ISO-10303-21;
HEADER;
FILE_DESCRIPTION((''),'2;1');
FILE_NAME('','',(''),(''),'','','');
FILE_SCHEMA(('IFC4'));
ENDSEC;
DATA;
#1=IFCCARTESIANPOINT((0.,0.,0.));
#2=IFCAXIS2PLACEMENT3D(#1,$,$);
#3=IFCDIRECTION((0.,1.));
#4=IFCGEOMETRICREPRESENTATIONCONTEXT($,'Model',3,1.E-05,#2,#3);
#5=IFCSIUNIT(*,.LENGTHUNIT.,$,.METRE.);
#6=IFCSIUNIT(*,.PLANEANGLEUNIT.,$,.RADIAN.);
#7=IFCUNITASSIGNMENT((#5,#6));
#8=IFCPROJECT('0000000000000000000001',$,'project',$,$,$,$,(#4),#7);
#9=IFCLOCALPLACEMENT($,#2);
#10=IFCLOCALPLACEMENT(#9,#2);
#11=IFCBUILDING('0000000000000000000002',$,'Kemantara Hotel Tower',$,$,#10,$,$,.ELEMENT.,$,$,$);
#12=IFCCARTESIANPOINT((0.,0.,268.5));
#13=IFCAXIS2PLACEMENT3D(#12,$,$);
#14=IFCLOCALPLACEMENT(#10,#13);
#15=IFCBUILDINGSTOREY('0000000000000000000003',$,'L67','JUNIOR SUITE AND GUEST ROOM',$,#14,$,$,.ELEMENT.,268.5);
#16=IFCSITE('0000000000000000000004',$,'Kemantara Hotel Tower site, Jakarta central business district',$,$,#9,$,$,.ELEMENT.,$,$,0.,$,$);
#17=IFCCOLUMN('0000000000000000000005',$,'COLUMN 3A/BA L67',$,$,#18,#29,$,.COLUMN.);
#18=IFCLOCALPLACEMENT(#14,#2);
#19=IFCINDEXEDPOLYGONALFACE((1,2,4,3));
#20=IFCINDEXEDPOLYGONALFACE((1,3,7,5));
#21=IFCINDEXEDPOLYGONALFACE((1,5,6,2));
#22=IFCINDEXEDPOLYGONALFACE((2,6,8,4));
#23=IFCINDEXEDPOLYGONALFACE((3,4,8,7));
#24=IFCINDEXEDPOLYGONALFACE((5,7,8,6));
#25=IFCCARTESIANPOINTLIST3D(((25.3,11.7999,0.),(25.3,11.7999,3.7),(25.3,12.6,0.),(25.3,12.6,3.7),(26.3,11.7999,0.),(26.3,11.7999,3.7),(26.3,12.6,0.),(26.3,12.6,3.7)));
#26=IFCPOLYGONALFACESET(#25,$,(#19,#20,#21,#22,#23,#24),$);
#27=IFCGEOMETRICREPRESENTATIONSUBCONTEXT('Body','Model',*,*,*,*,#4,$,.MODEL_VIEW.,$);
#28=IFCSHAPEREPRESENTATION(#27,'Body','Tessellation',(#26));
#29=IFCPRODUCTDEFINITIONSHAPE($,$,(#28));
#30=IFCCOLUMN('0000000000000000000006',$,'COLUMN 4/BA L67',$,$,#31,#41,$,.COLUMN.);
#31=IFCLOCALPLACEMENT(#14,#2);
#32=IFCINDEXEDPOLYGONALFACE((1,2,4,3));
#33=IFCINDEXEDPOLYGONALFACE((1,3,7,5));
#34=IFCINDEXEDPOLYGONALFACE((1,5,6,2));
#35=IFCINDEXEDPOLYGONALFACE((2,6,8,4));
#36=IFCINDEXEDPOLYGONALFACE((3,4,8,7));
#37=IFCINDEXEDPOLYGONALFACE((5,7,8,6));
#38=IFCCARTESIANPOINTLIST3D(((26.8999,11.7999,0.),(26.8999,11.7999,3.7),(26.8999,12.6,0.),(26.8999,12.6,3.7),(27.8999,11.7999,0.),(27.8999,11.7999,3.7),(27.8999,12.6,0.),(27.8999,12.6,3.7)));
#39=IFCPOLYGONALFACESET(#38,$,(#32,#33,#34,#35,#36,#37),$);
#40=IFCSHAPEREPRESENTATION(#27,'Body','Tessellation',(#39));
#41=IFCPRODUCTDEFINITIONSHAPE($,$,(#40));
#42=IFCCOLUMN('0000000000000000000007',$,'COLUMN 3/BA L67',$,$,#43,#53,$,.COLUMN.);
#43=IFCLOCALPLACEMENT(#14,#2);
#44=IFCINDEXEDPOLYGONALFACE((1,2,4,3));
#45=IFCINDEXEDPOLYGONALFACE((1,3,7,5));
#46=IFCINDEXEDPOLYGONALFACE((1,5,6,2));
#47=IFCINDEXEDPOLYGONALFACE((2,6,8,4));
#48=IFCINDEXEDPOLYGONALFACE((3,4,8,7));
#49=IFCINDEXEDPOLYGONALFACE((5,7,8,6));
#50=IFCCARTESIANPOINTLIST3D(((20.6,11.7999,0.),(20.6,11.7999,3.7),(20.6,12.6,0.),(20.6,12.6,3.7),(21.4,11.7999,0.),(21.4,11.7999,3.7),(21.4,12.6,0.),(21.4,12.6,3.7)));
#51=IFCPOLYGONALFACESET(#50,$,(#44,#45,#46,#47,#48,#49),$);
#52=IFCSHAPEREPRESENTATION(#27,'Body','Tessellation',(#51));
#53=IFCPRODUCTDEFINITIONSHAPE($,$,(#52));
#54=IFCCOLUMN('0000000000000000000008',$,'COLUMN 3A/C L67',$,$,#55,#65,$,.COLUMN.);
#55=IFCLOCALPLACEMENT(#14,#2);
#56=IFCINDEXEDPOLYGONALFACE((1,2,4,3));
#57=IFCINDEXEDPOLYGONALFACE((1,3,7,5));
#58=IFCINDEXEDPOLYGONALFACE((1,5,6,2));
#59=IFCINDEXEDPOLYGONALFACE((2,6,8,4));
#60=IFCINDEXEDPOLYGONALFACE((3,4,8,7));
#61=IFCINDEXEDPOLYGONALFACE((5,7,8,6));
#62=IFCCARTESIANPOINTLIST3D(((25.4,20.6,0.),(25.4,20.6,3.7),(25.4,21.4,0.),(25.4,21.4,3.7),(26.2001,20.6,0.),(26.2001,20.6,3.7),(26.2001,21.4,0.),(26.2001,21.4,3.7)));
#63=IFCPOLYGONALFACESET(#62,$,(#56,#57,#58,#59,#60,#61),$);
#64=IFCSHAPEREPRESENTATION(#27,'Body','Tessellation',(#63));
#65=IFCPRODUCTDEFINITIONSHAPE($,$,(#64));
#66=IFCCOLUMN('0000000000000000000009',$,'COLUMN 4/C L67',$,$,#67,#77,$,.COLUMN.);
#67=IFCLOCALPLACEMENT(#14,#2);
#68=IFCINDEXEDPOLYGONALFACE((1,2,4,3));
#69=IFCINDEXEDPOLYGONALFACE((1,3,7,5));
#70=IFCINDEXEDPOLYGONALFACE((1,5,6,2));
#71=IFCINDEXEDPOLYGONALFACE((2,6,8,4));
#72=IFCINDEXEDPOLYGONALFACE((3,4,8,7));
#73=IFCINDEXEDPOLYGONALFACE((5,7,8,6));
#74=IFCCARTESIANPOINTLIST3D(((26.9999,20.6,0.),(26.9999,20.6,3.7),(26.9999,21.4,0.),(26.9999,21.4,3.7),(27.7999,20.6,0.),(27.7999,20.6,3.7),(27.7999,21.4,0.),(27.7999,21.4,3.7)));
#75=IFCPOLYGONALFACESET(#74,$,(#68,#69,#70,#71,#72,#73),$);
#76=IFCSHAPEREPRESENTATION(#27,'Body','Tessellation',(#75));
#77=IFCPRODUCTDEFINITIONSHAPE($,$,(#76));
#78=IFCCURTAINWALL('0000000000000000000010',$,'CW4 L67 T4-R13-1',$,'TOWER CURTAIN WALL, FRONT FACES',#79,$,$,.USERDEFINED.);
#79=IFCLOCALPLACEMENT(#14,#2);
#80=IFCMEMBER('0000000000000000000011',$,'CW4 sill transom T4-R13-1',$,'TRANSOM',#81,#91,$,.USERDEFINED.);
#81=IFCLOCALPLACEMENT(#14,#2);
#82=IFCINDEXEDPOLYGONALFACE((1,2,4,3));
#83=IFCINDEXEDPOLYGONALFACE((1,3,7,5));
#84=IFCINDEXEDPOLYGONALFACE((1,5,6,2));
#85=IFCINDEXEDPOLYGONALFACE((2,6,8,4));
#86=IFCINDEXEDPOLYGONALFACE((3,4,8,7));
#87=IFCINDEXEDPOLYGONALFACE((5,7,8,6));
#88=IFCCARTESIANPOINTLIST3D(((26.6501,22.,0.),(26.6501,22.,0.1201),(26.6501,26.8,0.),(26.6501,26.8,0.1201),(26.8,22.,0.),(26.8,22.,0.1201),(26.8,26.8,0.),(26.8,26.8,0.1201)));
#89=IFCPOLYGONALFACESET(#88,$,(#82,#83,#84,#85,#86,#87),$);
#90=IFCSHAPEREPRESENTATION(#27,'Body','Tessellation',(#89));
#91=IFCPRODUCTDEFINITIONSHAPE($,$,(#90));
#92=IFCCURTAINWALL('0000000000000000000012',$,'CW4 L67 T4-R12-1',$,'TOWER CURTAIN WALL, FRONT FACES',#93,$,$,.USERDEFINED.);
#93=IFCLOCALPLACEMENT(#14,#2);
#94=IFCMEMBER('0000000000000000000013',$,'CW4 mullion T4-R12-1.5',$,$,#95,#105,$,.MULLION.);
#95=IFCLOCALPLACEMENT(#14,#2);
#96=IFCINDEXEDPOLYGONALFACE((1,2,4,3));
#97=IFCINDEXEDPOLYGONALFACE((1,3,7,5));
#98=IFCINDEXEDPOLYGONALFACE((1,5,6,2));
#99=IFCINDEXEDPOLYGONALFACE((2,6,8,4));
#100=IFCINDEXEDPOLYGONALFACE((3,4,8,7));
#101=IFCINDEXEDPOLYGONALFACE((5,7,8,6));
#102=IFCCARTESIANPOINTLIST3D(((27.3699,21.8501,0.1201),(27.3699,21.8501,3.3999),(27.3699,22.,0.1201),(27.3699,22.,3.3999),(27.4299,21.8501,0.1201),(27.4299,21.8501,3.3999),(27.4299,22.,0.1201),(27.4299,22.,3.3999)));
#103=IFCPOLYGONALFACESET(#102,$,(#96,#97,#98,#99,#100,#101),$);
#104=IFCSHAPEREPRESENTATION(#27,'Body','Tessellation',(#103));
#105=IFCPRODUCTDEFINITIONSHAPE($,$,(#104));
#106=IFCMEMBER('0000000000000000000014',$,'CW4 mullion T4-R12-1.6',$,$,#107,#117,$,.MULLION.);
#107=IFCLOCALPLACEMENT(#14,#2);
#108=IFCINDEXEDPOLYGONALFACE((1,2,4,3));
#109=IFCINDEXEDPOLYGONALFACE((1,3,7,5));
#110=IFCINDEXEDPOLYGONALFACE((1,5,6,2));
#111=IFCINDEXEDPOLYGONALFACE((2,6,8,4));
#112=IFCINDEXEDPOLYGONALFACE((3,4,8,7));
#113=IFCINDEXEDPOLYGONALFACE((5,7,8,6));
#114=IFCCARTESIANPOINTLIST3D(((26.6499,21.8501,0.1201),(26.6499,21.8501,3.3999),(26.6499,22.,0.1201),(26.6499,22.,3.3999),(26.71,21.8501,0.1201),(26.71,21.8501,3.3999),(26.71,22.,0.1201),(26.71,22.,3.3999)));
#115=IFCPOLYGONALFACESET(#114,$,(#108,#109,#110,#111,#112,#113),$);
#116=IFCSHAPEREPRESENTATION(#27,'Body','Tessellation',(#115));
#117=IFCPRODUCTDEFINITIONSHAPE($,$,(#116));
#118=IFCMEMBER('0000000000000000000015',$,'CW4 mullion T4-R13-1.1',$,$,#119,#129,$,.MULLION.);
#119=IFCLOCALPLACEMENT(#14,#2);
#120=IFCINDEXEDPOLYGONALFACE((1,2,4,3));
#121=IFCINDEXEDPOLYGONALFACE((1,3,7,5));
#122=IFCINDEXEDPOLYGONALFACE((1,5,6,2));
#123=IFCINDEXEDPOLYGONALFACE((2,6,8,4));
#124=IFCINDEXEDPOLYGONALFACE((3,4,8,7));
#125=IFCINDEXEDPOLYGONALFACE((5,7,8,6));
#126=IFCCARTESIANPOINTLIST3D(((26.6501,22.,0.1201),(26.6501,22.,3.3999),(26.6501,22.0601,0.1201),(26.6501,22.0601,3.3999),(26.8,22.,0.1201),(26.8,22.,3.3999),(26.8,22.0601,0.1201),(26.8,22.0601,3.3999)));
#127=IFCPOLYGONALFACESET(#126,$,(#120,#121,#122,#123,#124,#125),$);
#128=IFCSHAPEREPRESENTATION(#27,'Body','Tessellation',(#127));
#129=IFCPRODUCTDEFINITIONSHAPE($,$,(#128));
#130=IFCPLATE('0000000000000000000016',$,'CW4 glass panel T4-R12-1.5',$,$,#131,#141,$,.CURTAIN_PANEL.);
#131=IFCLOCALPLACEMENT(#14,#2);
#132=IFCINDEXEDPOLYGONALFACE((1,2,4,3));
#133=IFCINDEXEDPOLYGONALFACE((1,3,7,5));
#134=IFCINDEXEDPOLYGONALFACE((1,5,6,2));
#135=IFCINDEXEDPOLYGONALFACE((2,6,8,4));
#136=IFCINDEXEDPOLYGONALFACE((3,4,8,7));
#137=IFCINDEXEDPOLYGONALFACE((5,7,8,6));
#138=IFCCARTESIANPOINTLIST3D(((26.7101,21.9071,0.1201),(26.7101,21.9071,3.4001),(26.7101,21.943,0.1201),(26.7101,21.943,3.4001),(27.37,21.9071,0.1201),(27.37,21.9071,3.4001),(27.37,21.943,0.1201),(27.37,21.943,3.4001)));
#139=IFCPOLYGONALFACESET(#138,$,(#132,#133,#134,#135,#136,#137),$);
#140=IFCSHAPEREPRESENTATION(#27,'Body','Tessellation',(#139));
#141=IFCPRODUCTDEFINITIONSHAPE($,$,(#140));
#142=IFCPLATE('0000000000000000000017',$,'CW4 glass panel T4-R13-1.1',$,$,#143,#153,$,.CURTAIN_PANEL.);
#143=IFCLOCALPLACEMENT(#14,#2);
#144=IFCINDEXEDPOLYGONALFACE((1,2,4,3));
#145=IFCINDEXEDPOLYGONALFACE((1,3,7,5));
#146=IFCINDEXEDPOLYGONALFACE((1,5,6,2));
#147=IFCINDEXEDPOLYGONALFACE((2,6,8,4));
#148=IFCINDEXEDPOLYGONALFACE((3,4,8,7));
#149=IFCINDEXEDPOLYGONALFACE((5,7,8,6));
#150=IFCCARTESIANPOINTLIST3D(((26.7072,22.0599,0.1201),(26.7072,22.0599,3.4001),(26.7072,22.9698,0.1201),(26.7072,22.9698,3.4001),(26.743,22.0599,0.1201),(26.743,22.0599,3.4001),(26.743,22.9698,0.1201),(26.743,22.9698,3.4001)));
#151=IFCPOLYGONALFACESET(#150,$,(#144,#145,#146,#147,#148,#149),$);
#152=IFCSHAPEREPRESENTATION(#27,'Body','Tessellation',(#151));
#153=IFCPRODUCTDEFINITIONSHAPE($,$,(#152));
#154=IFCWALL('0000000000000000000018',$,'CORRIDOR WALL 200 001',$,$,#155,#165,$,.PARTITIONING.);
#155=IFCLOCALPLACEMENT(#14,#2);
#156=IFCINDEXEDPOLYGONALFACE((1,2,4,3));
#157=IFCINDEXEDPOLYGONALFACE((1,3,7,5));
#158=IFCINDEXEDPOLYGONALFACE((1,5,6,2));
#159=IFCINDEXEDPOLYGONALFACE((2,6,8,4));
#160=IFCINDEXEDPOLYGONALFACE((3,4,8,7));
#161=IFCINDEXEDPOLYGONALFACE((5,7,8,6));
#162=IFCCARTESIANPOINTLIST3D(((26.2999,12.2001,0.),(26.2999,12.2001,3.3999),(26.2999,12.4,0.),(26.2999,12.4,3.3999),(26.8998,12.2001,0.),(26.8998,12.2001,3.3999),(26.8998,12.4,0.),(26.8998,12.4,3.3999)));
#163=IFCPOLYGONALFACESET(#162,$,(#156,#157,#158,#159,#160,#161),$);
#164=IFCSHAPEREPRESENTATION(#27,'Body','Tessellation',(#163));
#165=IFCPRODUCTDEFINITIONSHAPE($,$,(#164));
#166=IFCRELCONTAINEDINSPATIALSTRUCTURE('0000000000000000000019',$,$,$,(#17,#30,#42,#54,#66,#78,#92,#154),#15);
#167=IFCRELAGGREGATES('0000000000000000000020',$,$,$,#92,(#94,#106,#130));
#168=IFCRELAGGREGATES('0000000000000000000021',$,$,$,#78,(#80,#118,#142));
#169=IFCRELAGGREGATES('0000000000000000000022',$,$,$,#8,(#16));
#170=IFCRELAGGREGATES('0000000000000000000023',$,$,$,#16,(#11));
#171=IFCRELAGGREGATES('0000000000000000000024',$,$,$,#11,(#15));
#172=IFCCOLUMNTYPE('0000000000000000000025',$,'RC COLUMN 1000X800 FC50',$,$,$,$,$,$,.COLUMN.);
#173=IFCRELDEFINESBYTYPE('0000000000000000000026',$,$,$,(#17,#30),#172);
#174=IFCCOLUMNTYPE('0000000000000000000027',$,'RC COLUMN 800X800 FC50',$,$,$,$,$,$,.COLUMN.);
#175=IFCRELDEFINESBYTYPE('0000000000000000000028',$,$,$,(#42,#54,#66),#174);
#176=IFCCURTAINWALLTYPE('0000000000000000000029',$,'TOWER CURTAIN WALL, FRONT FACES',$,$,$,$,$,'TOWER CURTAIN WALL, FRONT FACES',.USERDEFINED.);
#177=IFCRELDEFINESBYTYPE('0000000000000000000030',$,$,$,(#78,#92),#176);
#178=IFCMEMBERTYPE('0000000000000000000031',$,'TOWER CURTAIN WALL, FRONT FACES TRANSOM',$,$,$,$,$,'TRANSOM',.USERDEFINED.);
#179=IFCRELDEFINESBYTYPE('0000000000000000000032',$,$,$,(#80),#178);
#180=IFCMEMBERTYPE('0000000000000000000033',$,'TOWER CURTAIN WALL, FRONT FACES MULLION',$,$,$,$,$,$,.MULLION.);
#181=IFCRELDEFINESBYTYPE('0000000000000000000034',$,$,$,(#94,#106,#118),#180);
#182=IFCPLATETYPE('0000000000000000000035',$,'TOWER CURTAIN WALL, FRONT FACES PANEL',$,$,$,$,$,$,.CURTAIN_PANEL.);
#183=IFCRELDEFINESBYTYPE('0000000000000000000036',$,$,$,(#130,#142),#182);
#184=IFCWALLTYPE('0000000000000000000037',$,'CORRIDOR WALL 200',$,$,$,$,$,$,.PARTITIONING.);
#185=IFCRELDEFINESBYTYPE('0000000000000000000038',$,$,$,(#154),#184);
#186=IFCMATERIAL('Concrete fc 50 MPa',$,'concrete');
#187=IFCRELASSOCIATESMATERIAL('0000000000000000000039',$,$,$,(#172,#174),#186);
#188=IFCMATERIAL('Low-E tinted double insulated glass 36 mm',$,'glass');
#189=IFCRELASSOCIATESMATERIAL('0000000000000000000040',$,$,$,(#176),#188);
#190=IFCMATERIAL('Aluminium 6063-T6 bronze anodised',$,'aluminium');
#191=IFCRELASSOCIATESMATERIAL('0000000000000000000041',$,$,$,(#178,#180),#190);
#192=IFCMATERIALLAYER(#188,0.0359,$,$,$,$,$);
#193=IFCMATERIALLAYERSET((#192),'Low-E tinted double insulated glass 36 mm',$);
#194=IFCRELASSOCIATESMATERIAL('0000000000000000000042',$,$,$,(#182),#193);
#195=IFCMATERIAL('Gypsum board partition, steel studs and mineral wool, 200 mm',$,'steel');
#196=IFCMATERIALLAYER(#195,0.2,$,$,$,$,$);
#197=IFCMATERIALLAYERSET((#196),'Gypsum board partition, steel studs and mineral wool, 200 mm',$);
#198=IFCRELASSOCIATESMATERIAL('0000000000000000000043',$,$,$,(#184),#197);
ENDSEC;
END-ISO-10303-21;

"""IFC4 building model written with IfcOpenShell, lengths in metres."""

from ifc_helpers import new_model, si_unit, direction, frame, frame_2d, origin, origin_2d, place, context, subcontext, project, spatial, rectangle, extrude, source, transform, mapped, material, layer, layer_set, material_profile, profile_set, type_object, element, aggregate, save


model = new_model("IFC4")

# Units and contexts
model_context = context("Model", 3, precision=1e-05, world=origin(), true_north=direction((0.0, 1.0)))
body_context = subcontext(model_context, "Body", "Model", "MODEL_VIEW")
ifc_project = project(units=[si_unit("LENGTHUNIT", "METRE"), si_unit("PLANEANGLEUNIT", "RADIAN")], contexts=[model_context])

# Site, building, storey
site_placement = place(None, origin())
site = spatial("IfcSite", under=ifc_project, at=site_placement, Name="Kemantara Hotel Tower site, Jakarta central business district", CompositionType="ELEMENT", RefElevation=0.0)
building_placement = place(site_placement, origin())
building = spatial("IfcBuilding", under=site, at=building_placement, Name="Kemantara Hotel Tower", CompositionType="ELEMENT")
storey_placement = place(building_placement, frame((0.0, 0.0, 268.5)))
storey = spatial("IfcBuildingStorey", under=building, at=storey_placement, Name="L67", Description="JUNIOR SUITE AND GUEST ROOM", CompositionType="ELEMENT", Elevation=268.5)

# Columns
ifc_material_1 = material(Name="Concrete fc 50 MPa", Category="concrete")
ifc_material_profile_1 = material_profile(ifc_material_1, rectangle(XDim=1.0, YDim=0.8, at=origin_2d()), Name="RC 1000X800")
ifc_profile_set_1 = profile_set([ifc_material_profile_1], Name="Concrete fc 50 MPa")
column_type_1 = type_object("IfcColumnType", Name="RC COLUMN 1000X800 FC50", PredefinedType="COLUMN", material=ifc_profile_set_1)
for number, where, z_axis, x_axis, name in (
    (1, (25.8, 12.2, 0.0), (0.0, 0.0, 1.0), (1.0, 0.0, 0.0), "COLUMN 3A/BA L67"),
    (2, (27.3999, 12.2, 0.0), (0.0, 0.0, 1.0), (1.0, 0.0, 0.0), "COLUMN 4/BA L67"),
):
    element("IfcColumn", number, at=place(storey_placement, frame(where, z_axis=z_axis, x_axis=x_axis)), inside=storey, type_object=column_type_1, Name=name, PredefinedType="COLUMN", context=body_context, shape_type="SweptSolid", body=[
        extrude(rectangle(XDim=1.0, YDim=0.8, at=origin_2d()), origin(), (0.0, 0.0, 1.0), 3.7),
    ])
ifc_material_profile_2 = material_profile(ifc_material_1, rectangle(XDim=0.8, YDim=0.8, at=origin_2d()), Name="RC 800X800")
ifc_profile_set_2 = profile_set([ifc_material_profile_2], Name="Concrete fc 50 MPa")
column_type_2 = type_object("IfcColumnType", Name="RC COLUMN 800X800 FC50", PredefinedType="COLUMN", material=ifc_profile_set_2)
for number, where, z_axis, x_axis, name in (
    (3, (21.0, 12.2, 0.0), (0.0, 0.0, 1.0), (1.0, 0.0, 0.0), "COLUMN 3/BA L67"),
    (4, (25.8, 21.0, 0.0), (0.0, 0.0, 1.0), (1.0, 0.0, 0.0), "COLUMN 3A/C L67"),
    (5, (27.3999, 21.0, 0.0), (0.0, 0.0, 1.0), (1.0, 0.0, 0.0), "COLUMN 4/C L67"),
):
    element("IfcColumn", number, at=place(storey_placement, frame(where, z_axis=z_axis, x_axis=x_axis)), inside=storey, type_object=column_type_2, Name=name, PredefinedType="COLUMN", context=body_context, shape_type="SweptSolid", body=[
        extrude(rectangle(XDim=0.8, YDim=0.8, at=origin_2d()), origin(), (0.0, 0.0, 1.0), 3.7),
    ])

# Curtain wall, member
ifc_material_2 = material(Name="Low-E tinted double insulated glass 36 mm", Category="glass")
curtain_wall_type = type_object("IfcCurtainWallType", Name="TOWER CURTAIN WALL, FRONT FACES", ElementType="TOWER CURTAIN WALL, FRONT FACES", PredefinedType="USERDEFINED", material=ifc_material_2)
curtain_wall_1_placement = place(storey_placement, origin())
curtain_wall_1 = element("IfcCurtainWall", 6, at=curtain_wall_1_placement, inside=storey, type_object=curtain_wall_type, Name="CW4 L67 T4-R13-1", ObjectType="TOWER CURTAIN WALL, FRONT FACES", PredefinedType="USERDEFINED")
ifc_material_3 = material(Name="Aluminium 6063-T6 bronze anodised", Category="aluminium")
ifc_material_profile_3 = material_profile(ifc_material_3, rectangle(XDim=0.1499, YDim=0.1201, at=origin_2d()), Name="TOWER CURTAIN WALL, FRONT FACES TRANSOM")
ifc_profile_set_3 = profile_set([ifc_material_profile_3], Name="Aluminium 6063-T6 bronze anodised")
member_type_1 = type_object("IfcMemberType", Name="TOWER CURTAIN WALL, FRONT FACES TRANSOM", ElementType="TRANSOM", PredefinedType="USERDEFINED", material=ifc_profile_set_3)
member_1_placement = place(storey_placement, frame((26.7251, 22.0, 0.0601), z_axis=(0.0, 1.0, 0.0), x_axis=(-1.0, 0.0, 0.0)))
member_1 = element("IfcMember", 7, at=member_1_placement, type_object=member_type_1, Name="CW4 sill transom T4-R13-1", ObjectType="TRANSOM", PredefinedType="USERDEFINED", context=body_context, shape_type="SweptSolid", body=[
    extrude(rectangle(XDim=0.1499, YDim=0.1201, at=origin_2d()), origin(), (0.0, 0.0, 1.0), 4.8),
])

# Curtain wall, members
curtain_wall_2_placement = place(storey_placement, origin())
curtain_wall_2 = element("IfcCurtainWall", 8, at=curtain_wall_2_placement, inside=storey, type_object=curtain_wall_type, Name="CW4 L67 T4-R12-1", ObjectType="TOWER CURTAIN WALL, FRONT FACES", PredefinedType="USERDEFINED")
ifc_material_profile_4 = material_profile(ifc_material_3, rectangle(XDim=0.1499, YDim=0.0601, at=origin_2d()), Name="TOWER CURTAIN WALL, FRONT FACES MULLION")
ifc_profile_set_4 = profile_set([ifc_material_profile_4], Name="Aluminium 6063-T6 bronze anodised")
member_type_2 = type_object("IfcMemberType", Name="TOWER CURTAIN WALL, FRONT FACES MULLION", PredefinedType="MULLION", material=ifc_profile_set_4)
shared_shape_1 = source(origin(), body_context, "Body", "SweptSolid", [
    extrude(rectangle(XDim=0.1499, YDim=0.0601, at=origin_2d()), origin(), (0.0, 0.0, 1.0), 3.2798),
])
member_2_placement = place(storey_placement, frame((27.3999, 21.925, 0.1201), z_axis=(0.0, 0.0, 1.0), x_axis=(0.0, -1.0, 0.0)))
member_2 = element("IfcMember", 9, at=member_2_placement, type_object=member_type_2, Name="CW4 mullion T4-R12-1.5", PredefinedType="MULLION", context=body_context, shape_type="MappedRepresentation", body=[
    mapped(shared_shape_1, transform((0.0, 0.0, 0.0))),
])
member_3_placement = place(storey_placement, frame((26.6799, 21.925, 0.1201), z_axis=(0.0, 0.0, 1.0), x_axis=(0.0, -1.0, 0.0)))
member_3 = element("IfcMember", 10, at=member_3_placement, type_object=member_type_2, Name="CW4 mullion T4-R12-1.6", PredefinedType="MULLION", context=body_context, shape_type="MappedRepresentation", body=[
    mapped(shared_shape_1, transform((0.0, 0.0, 0.0))),
])

# Member
member_4_placement = place(storey_placement, frame((26.7251, 22.03, 0.1201), z_axis=(0.0, 0.0, 1.0), x_axis=(-1.0, 0.0, 0.0)))
member_4 = element("IfcMember", 11, at=member_4_placement, type_object=member_type_2, Name="CW4 mullion T4-R13-1.1", PredefinedType="MULLION", context=body_context, shape_type="MappedRepresentation", body=[
    mapped(shared_shape_1, transform((0.0, 0.0, 0.0))),
])

# Plates
ifc_layer_1 = layer(ifc_material_2, 0.0359)
ifc_layer_set_1 = layer_set([ifc_layer_1], Name="Low-E tinted double insulated glass 36 mm")
plate_type = type_object("IfcPlateType", Name="TOWER CURTAIN WALL, FRONT FACES PANEL", PredefinedType="CURTAIN_PANEL", material=ifc_layer_set_1)
shared_shape_2 = source(origin(), body_context, "Body", "SweptSolid", [
    extrude(rectangle(XDim=0.6599, YDim=0.0359, at=origin_2d()), origin(), (0.0, 0.0, 1.0), 3.28),
])
plate_1_placement = place(storey_placement, frame((27.04, 21.925, 0.1201), z_axis=(0.0, 0.0, 1.0), x_axis=(-1.0, 0.0, 0.0)))
plate_1 = element("IfcPlate", 12, at=plate_1_placement, type_object=plate_type, Name="CW4 glass panel T4-R12-1.5", PredefinedType="CURTAIN_PANEL", context=body_context, shape_type="MappedRepresentation", body=[
    mapped(shared_shape_2, transform((0.0, 0.0, 0.0))),
])
aggregate(curtain_wall_2, [member_2, member_3, plate_1])
shared_shape_3 = source(origin(), body_context, "Body", "SweptSolid", [
    extrude(rectangle(XDim=0.9099, YDim=0.0359, at=origin_2d()), origin(), (0.0, 0.0, 1.0), 3.28),
])
plate_2_placement = place(storey_placement, frame((26.7251, 22.5149, 0.1201), z_axis=(0.0, 0.0, 1.0), x_axis=(0.0, 1.0, 0.0)))
plate_2 = element("IfcPlate", 13, at=plate_2_placement, type_object=plate_type, Name="CW4 glass panel T4-R13-1.1", PredefinedType="CURTAIN_PANEL", context=body_context, shape_type="MappedRepresentation", body=[
    mapped(shared_shape_3, transform((0.0, 0.0, 0.0))),
])
aggregate(curtain_wall_1, [member_1, member_4, plate_2])

# Wall
ifc_material_4 = material(Name="Gypsum board partition, steel studs and mineral wool, 200 mm", Category="steel")
ifc_layer_2 = layer(ifc_material_4, 0.2)
ifc_layer_set_2 = layer_set([ifc_layer_2], Name="Gypsum board partition, steel studs and mineral wool, 200 mm")
wall_type_1 = type_object("IfcWallType", Name="CORRIDOR WALL 200", PredefinedType="PARTITIONING", material=ifc_layer_set_2)
wall_1_placement = place(storey_placement, frame((26.3, 12.3, 0.0), z_axis=(0.0, 0.0, 1.0), x_axis=(1.0, 0.0, 0.0)))
element("IfcWall", 14, at=wall_1_placement, inside=storey, type_object=wall_type_1, Name="CORRIDOR WALL 200 001", PredefinedType="PARTITIONING", context=body_context, shape_type="SweptSolid", body=[
    extrude(rectangle(XDim=0.5999, YDim=0.2, at=frame_2d((0.2998, 0.0))), origin(), (0.0, 0.0, 1.0), 3.3999),
])

save(model, "model.ifc")
